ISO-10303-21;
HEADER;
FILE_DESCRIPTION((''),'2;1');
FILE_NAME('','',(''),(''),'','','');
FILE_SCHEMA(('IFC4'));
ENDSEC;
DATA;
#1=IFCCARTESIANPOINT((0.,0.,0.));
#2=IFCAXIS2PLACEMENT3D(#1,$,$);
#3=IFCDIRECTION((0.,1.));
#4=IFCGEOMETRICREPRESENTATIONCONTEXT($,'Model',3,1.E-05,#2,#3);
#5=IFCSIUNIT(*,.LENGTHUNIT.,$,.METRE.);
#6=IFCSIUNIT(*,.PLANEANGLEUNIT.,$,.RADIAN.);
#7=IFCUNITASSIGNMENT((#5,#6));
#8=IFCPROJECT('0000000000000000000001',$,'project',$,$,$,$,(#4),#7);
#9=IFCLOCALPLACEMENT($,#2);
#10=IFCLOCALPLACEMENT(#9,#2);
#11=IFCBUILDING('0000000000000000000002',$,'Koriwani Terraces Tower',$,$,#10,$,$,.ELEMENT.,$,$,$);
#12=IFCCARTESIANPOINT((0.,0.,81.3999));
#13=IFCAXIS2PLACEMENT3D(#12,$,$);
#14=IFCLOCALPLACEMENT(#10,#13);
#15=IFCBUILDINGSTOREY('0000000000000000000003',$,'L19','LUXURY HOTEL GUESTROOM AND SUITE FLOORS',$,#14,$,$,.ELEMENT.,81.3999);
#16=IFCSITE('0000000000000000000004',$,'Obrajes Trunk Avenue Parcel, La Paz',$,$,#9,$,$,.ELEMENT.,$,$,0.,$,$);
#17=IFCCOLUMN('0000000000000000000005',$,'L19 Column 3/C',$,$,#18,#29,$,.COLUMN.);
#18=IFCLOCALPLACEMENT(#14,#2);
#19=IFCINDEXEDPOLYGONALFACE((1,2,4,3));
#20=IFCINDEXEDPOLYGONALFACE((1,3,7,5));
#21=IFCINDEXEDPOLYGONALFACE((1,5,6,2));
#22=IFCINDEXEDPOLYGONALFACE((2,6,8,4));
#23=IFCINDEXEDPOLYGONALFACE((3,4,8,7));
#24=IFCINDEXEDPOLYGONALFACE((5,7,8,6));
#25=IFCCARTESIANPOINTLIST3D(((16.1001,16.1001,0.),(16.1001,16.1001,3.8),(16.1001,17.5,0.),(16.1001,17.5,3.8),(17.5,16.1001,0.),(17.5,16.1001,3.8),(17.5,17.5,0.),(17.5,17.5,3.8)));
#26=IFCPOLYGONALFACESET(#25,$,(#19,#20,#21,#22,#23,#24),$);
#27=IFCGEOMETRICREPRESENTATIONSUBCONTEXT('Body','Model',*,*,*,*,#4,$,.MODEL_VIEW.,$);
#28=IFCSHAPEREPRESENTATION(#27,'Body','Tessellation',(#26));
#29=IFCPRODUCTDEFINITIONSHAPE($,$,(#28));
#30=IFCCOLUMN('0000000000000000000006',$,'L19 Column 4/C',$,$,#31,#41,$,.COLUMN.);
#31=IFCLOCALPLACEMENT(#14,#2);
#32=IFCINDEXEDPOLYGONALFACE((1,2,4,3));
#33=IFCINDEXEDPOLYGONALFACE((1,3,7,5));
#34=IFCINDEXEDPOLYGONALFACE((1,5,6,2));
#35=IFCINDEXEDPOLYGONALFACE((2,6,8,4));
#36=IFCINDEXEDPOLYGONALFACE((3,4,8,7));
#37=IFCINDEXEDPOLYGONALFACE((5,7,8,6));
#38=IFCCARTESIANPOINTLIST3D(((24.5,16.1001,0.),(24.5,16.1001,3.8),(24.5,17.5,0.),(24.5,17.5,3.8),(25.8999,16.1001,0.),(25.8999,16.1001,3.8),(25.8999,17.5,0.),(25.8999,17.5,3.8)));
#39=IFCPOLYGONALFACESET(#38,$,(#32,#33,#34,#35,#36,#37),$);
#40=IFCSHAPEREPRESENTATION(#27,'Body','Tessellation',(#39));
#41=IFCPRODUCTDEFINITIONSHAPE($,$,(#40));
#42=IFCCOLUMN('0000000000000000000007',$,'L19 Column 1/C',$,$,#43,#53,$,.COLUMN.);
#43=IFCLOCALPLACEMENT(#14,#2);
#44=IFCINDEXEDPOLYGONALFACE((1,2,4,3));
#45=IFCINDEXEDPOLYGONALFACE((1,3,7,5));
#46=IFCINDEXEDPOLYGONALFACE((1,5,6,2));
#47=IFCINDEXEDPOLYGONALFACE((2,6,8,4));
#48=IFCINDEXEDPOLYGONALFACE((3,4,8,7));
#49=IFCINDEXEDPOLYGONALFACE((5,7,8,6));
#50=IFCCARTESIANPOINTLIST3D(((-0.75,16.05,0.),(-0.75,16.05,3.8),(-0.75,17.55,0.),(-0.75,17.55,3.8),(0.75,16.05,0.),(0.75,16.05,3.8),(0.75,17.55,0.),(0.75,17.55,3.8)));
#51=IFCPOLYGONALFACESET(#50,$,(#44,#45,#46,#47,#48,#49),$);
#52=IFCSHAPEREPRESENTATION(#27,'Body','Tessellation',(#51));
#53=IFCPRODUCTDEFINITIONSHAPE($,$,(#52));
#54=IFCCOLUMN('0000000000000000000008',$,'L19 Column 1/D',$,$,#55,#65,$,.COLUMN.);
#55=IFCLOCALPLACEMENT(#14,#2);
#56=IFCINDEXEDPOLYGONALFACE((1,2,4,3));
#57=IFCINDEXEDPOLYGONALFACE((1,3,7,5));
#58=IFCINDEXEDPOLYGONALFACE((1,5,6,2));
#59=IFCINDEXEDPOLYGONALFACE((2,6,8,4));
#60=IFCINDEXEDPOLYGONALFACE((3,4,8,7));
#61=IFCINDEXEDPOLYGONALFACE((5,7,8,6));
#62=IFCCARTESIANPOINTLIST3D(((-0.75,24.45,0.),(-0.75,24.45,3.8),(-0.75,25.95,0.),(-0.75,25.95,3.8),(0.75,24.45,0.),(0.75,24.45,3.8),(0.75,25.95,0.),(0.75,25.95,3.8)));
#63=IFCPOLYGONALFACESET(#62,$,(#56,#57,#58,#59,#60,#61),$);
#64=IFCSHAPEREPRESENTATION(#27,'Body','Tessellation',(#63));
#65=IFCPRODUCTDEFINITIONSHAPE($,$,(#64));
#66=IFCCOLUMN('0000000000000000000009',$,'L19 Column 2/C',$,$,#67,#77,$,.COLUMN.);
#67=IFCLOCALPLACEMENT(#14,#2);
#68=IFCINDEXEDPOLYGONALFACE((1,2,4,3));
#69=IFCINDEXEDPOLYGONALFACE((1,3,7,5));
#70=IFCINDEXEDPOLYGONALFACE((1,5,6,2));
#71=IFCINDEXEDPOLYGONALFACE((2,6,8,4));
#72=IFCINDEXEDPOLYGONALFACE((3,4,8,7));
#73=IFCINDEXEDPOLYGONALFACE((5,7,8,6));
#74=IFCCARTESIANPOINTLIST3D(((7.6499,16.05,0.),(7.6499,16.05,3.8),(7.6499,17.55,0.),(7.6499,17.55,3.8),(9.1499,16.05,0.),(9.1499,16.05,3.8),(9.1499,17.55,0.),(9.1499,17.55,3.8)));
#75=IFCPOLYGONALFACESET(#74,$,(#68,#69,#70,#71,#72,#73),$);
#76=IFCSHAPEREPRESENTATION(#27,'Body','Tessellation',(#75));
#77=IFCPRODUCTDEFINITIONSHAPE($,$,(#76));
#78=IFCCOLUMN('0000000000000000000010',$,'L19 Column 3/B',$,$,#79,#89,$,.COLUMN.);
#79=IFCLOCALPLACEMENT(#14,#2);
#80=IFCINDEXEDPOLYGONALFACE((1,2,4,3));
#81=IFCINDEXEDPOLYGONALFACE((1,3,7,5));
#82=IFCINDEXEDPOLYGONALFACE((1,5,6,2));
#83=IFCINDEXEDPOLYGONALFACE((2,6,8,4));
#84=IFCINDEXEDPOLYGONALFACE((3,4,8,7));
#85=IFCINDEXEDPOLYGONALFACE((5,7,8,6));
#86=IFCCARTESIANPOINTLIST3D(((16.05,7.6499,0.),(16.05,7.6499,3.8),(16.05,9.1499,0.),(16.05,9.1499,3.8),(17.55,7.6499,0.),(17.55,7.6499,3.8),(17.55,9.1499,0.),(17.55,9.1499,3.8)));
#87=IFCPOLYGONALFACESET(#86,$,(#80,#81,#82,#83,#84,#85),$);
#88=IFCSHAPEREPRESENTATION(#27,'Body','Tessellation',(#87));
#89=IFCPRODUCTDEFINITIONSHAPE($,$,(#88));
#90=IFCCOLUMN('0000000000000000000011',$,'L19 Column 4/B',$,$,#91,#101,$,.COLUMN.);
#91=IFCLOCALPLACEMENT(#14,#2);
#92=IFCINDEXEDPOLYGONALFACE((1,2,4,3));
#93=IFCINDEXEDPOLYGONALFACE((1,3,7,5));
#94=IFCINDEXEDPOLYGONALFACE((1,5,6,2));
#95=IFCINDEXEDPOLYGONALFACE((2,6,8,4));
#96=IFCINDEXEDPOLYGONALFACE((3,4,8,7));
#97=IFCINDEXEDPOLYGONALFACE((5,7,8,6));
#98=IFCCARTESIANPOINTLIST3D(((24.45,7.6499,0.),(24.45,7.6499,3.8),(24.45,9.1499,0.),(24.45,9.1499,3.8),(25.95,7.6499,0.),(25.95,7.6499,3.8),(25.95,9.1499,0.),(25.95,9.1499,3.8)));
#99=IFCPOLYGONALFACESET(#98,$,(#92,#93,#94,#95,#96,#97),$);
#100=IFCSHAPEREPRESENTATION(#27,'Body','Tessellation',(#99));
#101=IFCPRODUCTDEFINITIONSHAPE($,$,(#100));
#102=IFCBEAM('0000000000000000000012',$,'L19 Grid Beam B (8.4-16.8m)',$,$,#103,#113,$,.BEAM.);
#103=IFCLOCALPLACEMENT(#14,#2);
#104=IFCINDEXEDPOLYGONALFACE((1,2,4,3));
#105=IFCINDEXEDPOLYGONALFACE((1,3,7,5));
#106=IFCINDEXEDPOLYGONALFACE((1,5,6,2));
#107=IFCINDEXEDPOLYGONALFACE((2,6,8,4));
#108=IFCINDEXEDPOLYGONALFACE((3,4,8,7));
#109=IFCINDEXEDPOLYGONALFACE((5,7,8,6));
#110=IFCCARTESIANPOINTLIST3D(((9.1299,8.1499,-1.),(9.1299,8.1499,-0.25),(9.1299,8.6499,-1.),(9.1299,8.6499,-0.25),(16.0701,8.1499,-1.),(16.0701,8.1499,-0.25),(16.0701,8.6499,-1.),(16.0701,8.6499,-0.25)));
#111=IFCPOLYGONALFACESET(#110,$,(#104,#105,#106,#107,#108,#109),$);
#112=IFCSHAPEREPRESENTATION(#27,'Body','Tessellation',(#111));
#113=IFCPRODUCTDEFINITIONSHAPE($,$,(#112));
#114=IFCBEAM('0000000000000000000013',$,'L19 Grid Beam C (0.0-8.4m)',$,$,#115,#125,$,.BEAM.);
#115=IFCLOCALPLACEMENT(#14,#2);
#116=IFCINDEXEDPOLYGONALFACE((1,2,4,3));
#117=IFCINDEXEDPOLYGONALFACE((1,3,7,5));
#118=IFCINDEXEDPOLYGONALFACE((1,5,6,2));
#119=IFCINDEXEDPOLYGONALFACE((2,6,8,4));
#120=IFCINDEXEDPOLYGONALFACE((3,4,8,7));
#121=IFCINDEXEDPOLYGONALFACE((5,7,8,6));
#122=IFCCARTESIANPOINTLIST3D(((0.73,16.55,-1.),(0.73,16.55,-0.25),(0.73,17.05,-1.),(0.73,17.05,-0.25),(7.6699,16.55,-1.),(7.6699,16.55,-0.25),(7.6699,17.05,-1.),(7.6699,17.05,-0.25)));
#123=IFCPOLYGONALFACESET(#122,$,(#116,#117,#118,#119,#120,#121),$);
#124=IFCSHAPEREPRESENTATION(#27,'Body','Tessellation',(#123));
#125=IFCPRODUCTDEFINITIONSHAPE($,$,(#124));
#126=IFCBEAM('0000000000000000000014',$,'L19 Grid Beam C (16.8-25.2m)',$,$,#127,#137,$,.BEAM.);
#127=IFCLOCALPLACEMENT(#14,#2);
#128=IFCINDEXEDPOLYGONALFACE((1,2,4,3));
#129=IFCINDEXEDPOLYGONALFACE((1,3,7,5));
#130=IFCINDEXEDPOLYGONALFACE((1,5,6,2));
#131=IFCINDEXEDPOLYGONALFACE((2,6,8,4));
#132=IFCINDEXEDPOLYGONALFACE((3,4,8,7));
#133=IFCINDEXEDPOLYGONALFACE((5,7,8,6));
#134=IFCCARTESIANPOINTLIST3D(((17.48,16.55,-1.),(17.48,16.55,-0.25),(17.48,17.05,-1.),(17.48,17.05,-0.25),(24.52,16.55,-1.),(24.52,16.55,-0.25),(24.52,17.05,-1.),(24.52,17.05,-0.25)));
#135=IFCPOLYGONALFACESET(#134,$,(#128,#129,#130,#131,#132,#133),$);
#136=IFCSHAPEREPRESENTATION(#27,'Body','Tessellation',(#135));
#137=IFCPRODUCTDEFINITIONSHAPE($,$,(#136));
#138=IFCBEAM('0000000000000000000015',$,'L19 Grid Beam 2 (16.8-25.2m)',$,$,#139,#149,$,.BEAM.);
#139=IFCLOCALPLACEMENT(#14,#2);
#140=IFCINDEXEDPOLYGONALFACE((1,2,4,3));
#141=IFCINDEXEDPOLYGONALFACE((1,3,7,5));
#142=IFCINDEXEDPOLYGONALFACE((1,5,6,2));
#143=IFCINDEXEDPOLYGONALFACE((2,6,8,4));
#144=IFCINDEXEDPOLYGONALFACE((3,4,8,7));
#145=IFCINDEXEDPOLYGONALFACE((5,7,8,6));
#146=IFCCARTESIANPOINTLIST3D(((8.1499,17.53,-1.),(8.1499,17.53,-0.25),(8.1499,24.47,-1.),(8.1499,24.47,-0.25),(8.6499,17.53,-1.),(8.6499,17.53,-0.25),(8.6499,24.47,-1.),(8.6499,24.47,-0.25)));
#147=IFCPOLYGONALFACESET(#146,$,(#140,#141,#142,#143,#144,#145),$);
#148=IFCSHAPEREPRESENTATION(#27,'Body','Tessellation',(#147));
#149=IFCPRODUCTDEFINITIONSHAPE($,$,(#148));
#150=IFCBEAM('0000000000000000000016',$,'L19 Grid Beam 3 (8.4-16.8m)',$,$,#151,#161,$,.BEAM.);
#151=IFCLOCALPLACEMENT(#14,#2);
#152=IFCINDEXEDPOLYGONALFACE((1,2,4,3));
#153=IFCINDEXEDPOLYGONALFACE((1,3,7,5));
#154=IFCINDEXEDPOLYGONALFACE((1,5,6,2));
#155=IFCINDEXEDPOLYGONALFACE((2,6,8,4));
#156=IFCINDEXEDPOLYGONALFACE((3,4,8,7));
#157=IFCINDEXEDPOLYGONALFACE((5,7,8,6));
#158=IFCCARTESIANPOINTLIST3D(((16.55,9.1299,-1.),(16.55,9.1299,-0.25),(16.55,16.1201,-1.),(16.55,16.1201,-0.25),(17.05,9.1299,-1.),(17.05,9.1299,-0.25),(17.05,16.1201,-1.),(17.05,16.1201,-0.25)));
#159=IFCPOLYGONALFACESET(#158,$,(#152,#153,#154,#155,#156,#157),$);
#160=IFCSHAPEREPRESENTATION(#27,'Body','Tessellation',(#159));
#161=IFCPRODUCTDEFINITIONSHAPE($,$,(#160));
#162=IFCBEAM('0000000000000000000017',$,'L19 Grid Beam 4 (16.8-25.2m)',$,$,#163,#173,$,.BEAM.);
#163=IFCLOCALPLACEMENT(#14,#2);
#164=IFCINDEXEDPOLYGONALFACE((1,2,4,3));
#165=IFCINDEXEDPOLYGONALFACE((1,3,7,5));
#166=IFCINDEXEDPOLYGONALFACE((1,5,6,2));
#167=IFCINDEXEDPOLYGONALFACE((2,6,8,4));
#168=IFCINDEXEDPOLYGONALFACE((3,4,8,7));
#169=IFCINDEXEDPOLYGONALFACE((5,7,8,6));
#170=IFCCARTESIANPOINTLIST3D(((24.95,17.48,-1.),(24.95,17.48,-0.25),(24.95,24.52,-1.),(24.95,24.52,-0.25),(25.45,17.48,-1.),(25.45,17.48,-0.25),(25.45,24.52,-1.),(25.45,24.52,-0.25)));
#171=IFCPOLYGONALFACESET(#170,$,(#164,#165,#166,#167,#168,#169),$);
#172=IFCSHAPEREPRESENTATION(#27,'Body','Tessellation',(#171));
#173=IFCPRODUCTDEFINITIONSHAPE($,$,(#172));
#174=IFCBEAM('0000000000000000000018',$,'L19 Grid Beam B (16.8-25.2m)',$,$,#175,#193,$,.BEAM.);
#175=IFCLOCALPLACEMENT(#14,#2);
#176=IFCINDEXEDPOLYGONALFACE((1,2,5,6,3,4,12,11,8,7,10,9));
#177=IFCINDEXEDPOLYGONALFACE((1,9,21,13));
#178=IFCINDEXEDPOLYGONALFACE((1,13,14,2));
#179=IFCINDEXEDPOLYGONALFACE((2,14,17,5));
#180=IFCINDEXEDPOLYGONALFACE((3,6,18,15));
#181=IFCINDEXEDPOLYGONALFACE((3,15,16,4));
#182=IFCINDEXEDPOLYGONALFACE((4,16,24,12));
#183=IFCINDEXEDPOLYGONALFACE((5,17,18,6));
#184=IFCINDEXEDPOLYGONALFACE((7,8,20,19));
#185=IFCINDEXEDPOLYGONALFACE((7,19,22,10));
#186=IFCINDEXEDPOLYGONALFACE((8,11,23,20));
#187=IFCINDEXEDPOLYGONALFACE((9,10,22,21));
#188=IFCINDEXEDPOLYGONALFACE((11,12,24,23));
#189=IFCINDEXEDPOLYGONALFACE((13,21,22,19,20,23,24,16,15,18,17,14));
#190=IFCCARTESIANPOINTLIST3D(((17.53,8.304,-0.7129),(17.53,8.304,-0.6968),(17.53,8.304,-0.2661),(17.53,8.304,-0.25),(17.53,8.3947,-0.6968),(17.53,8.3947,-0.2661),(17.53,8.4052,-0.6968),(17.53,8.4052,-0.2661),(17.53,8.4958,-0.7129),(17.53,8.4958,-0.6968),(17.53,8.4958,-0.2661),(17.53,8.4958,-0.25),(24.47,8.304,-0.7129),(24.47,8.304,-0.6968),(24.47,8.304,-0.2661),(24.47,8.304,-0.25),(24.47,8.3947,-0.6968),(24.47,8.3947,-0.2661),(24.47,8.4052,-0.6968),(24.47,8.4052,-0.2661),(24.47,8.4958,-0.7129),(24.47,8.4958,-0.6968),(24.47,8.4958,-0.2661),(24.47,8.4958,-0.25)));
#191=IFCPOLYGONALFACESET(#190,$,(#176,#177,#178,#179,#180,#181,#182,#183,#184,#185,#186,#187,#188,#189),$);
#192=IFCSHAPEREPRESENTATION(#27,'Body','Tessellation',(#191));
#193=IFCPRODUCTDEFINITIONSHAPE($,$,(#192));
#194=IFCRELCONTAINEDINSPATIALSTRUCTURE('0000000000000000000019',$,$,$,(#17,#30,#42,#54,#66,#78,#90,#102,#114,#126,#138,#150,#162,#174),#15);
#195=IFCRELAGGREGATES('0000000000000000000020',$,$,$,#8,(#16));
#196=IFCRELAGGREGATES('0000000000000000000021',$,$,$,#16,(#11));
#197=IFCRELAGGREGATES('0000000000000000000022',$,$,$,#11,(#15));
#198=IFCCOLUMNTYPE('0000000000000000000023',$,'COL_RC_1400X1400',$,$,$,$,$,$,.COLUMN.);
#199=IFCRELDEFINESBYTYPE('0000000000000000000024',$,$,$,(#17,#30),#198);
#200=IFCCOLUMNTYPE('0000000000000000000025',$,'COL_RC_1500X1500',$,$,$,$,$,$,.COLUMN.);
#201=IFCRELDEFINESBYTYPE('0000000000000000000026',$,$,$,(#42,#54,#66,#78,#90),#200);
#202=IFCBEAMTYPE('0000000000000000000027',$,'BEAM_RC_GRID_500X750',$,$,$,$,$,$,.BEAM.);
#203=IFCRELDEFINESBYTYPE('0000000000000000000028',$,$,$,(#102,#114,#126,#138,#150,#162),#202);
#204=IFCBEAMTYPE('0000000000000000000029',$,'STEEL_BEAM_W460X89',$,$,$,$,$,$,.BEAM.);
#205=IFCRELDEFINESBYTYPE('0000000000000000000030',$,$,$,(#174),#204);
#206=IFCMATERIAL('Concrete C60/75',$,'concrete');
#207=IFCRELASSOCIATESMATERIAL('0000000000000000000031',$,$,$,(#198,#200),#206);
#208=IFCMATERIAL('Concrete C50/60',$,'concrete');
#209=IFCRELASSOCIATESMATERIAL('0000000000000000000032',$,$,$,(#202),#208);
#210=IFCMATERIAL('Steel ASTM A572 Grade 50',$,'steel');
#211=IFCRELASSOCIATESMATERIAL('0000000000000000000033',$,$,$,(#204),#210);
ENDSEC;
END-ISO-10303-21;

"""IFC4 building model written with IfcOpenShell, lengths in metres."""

from ifc_helpers import new_model, si_unit, direction, frame, origin, origin_2d, place, context, subcontext, project, spatial, rectangle, i_section, extrude, material, material_profile, profile_set, type_object, element, save


model = new_model("IFC4")

# Units and contexts
model_context = context("Model", 3, precision=1e-05, world=origin(), true_north=direction((0.0, 1.0)))
body_context = subcontext(model_context, "Body", "Model", "MODEL_VIEW")
ifc_project = project(units=[si_unit("LENGTHUNIT", "METRE"), si_unit("PLANEANGLEUNIT", "RADIAN")], contexts=[model_context])

# Site, building, storey
site_placement = place(None, origin())
site = spatial("IfcSite", under=ifc_project, at=site_placement, Name="Obrajes Trunk Avenue Parcel, La Paz", CompositionType="ELEMENT", RefElevation=0.0)
building_placement = place(site_placement, origin())
building = spatial("IfcBuilding", under=site, at=building_placement, Name="Koriwani Terraces Tower", CompositionType="ELEMENT")
storey_placement = place(building_placement, frame((0.0, 0.0, 81.3999)))
storey = spatial("IfcBuildingStorey", under=building, at=storey_placement, Name="L19", Description="LUXURY HOTEL GUESTROOM AND SUITE FLOORS", CompositionType="ELEMENT", Elevation=81.3999)

# Columns
ifc_material_1 = material(Name="Concrete C60/75", Category="concrete")
ifc_material_profile_1 = material_profile(ifc_material_1, rectangle(XDim=1.3999, YDim=1.3999, at=origin_2d()), Name="Concrete C60/75", Category="LoadBearing")
ifc_profile_set_1 = profile_set([ifc_material_profile_1], Name="Concrete C60/75")
column_type_1 = type_object("IfcColumnType", Name="COL_RC_1400X1400", PredefinedType="COLUMN", material=ifc_profile_set_1)
for number, where, z_axis, x_axis, name in (
    (1, (16.8, 16.8, 0.0), (0.0, 0.0, 1.0), (1.0, 0.0, 0.0), "L19 Column 3/C"),
    (2, (25.2, 16.8, 0.0), (0.0, 0.0, 1.0), (1.0, 0.0, 0.0), "L19 Column 4/C"),
):
    element("IfcColumn", number, at=place(storey_placement, frame(where, z_axis=z_axis, x_axis=x_axis)), inside=storey, type_object=column_type_1, Name=name, PredefinedType="COLUMN", context=body_context, shape_type="SweptSolid", body=[
        extrude(rectangle(XDim=1.3999, YDim=1.3999, at=origin_2d()), origin(), (0.0, 0.0, 1.0), 3.8),
    ])
ifc_material_profile_2 = material_profile(ifc_material_1, rectangle(XDim=1.5, YDim=1.5, at=origin_2d()), Name="Concrete C60/75", Category="LoadBearing")
ifc_profile_set_2 = profile_set([ifc_material_profile_2], Name="Concrete C60/75")
column_type_2 = type_object("IfcColumnType", Name="COL_RC_1500X1500", PredefinedType="COLUMN", material=ifc_profile_set_2)
for number, where, z_axis, x_axis, name in (
    (3, (0.0, 16.8, 0.0), (0.0, 0.0, 1.0), (1.0, 0.0, 0.0), "L19 Column 1/C"),
    (4, (0.0, 25.2, 0.0), (0.0, 0.0, 1.0), (1.0, 0.0, 0.0), "L19 Column 1/D"),
    (5, (8.3999, 16.8, 0.0), (0.0, 0.0, 1.0), (1.0, 0.0, 0.0), "L19 Column 2/C"),
    (6, (16.8, 8.3999, 0.0), (0.0, 0.0, 1.0), (1.0, 0.0, 0.0), "L19 Column 3/B"),
    (7, (25.2, 8.3999, 0.0), (0.0, 0.0, 1.0), (1.0, 0.0, 0.0), "L19 Column 4/B"),
):
    element("IfcColumn", number, at=place(storey_placement, frame(where, z_axis=z_axis, x_axis=x_axis)), inside=storey, type_object=column_type_2, Name=name, PredefinedType="COLUMN", context=body_context, shape_type="SweptSolid", body=[
        extrude(rectangle(XDim=1.5, YDim=1.5, at=origin_2d()), origin(), (0.0, 0.0, 1.0), 3.8),
    ])

# Beams
ifc_material_2 = material(Name="Concrete C50/60", Category="concrete")
ifc_material_profile_3 = material_profile(ifc_material_2, rectangle(XDim=0.5, YDim=0.75, at=origin_2d()), Name="Concrete C50/60", Category="LoadBearing")
ifc_profile_set_3 = profile_set([ifc_material_profile_3], Name="Concrete C50/60")
beam_type_1 = type_object("IfcBeamType", Name="BEAM_RC_GRID_500X750", PredefinedType="BEAM", material=ifc_profile_set_3)
beam_1_placement = place(storey_placement, frame((9.1299, 8.3999, -0.625), z_axis=(1.0, 0.0, 0.0), x_axis=(0.0, 1.0, 0.0)))
element("IfcBeam", 8, at=beam_1_placement, inside=storey, type_object=beam_type_1, Name="L19 Grid Beam B (8.4-16.8m)", PredefinedType="BEAM", context=body_context, shape_type="SweptSolid", body=[
    extrude(rectangle(XDim=0.5, YDim=0.75, at=origin_2d()), origin(), (0.0, 0.0, 1.0), 6.9402),
])
beam_2_placement = place(storey_placement, frame((0.73, 16.8, -0.625), z_axis=(1.0, 0.0, 0.0), x_axis=(0.0, 1.0, 0.0)))
element("IfcBeam", 9, at=beam_2_placement, inside=storey, type_object=beam_type_1, Name="L19 Grid Beam C (0.0-8.4m)", PredefinedType="BEAM", context=body_context, shape_type="SweptSolid", body=[
    extrude(rectangle(XDim=0.5, YDim=0.75, at=origin_2d()), origin(), (0.0, 0.0, 1.0), 6.9399),
])
beam_3_placement = place(storey_placement, frame((17.48, 16.8, -0.625), z_axis=(1.0, 0.0, 0.0), x_axis=(0.0, 1.0, 0.0)))
element("IfcBeam", 10, at=beam_3_placement, inside=storey, type_object=beam_type_1, Name="L19 Grid Beam C (16.8-25.2m)", PredefinedType="BEAM", context=body_context, shape_type="SweptSolid", body=[
    extrude(rectangle(XDim=0.5, YDim=0.75, at=origin_2d()), origin(), (0.0, 0.0, 1.0), 7.04),
])
beam_4_placement = place(storey_placement, frame((8.3999, 17.53, -0.625), z_axis=(0.0, 1.0, 0.0), x_axis=(-1.0, 0.0, 0.0)))
element("IfcBeam", 11, at=beam_4_placement, inside=storey, type_object=beam_type_1, Name="L19 Grid Beam 2 (16.8-25.2m)", PredefinedType="BEAM", context=body_context, shape_type="SweptSolid", body=[
    extrude(rectangle(XDim=0.5, YDim=0.75, at=origin_2d()), origin(), (0.0, 0.0, 1.0), 6.9399),
])
beam_5_placement = place(storey_placement, frame((16.8, 9.1299, -0.625), z_axis=(0.0, 1.0, 0.0), x_axis=(-1.0, 0.0, 0.0)))
element("IfcBeam", 12, at=beam_5_placement, inside=storey, type_object=beam_type_1, Name="L19 Grid Beam 3 (8.4-16.8m)", PredefinedType="BEAM", context=body_context, shape_type="SweptSolid", body=[
    extrude(rectangle(XDim=0.5, YDim=0.75, at=origin_2d()), origin(), (0.0, 0.0, 1.0), 6.9902),
])
beam_6_placement = place(storey_placement, frame((25.2, 17.48, -0.625), z_axis=(0.0, 1.0, 0.0), x_axis=(-1.0, 0.0, 0.0)))
element("IfcBeam", 13, at=beam_6_placement, inside=storey, type_object=beam_type_1, Name="L19 Grid Beam 4 (16.8-25.2m)", PredefinedType="BEAM", context=body_context, shape_type="SweptSolid", body=[
    extrude(rectangle(XDim=0.5, YDim=0.75, at=origin_2d()), origin(), (0.0, 0.0, 1.0), 7.04),
])
ifc_material_3 = material(Name="Steel ASTM A572 Grade 50", Category="steel")
ifc_material_profile_4 = material_profile(ifc_material_3, i_section(OverallWidth=0.1919, OverallDepth=0.4629, WebThickness=0.0105, FlangeThickness=0.0161, at=origin_2d()), Name="Steel ASTM A572 Grade 50", Category="LoadBearing")
ifc_profile_set_4 = profile_set([ifc_material_profile_4], Name="Steel ASTM A572 Grade 50")
beam_type_2 = type_object("IfcBeamType", Name="STEEL_BEAM_W460X89", PredefinedType="BEAM", material=ifc_profile_set_4)
beam_7_placement = place(storey_placement, frame((17.53, 8.3999, -0.4814), z_axis=(1.0, 0.0, 0.0), x_axis=(0.0, 1.0, 0.0)))
element("IfcBeam", 14, at=beam_7_placement, inside=storey, type_object=beam_type_2, Name="L19 Grid Beam B (16.8-25.2m)", PredefinedType="BEAM", context=body_context, shape_type="SweptSolid", body=[
    extrude(i_section(OverallWidth=0.1919, OverallDepth=0.4629, WebThickness=0.0105, FlangeThickness=0.0161, at=origin_2d()), origin(), (0.0, 0.0, 1.0), 6.9399),
])

save(model, "model.ifc")
